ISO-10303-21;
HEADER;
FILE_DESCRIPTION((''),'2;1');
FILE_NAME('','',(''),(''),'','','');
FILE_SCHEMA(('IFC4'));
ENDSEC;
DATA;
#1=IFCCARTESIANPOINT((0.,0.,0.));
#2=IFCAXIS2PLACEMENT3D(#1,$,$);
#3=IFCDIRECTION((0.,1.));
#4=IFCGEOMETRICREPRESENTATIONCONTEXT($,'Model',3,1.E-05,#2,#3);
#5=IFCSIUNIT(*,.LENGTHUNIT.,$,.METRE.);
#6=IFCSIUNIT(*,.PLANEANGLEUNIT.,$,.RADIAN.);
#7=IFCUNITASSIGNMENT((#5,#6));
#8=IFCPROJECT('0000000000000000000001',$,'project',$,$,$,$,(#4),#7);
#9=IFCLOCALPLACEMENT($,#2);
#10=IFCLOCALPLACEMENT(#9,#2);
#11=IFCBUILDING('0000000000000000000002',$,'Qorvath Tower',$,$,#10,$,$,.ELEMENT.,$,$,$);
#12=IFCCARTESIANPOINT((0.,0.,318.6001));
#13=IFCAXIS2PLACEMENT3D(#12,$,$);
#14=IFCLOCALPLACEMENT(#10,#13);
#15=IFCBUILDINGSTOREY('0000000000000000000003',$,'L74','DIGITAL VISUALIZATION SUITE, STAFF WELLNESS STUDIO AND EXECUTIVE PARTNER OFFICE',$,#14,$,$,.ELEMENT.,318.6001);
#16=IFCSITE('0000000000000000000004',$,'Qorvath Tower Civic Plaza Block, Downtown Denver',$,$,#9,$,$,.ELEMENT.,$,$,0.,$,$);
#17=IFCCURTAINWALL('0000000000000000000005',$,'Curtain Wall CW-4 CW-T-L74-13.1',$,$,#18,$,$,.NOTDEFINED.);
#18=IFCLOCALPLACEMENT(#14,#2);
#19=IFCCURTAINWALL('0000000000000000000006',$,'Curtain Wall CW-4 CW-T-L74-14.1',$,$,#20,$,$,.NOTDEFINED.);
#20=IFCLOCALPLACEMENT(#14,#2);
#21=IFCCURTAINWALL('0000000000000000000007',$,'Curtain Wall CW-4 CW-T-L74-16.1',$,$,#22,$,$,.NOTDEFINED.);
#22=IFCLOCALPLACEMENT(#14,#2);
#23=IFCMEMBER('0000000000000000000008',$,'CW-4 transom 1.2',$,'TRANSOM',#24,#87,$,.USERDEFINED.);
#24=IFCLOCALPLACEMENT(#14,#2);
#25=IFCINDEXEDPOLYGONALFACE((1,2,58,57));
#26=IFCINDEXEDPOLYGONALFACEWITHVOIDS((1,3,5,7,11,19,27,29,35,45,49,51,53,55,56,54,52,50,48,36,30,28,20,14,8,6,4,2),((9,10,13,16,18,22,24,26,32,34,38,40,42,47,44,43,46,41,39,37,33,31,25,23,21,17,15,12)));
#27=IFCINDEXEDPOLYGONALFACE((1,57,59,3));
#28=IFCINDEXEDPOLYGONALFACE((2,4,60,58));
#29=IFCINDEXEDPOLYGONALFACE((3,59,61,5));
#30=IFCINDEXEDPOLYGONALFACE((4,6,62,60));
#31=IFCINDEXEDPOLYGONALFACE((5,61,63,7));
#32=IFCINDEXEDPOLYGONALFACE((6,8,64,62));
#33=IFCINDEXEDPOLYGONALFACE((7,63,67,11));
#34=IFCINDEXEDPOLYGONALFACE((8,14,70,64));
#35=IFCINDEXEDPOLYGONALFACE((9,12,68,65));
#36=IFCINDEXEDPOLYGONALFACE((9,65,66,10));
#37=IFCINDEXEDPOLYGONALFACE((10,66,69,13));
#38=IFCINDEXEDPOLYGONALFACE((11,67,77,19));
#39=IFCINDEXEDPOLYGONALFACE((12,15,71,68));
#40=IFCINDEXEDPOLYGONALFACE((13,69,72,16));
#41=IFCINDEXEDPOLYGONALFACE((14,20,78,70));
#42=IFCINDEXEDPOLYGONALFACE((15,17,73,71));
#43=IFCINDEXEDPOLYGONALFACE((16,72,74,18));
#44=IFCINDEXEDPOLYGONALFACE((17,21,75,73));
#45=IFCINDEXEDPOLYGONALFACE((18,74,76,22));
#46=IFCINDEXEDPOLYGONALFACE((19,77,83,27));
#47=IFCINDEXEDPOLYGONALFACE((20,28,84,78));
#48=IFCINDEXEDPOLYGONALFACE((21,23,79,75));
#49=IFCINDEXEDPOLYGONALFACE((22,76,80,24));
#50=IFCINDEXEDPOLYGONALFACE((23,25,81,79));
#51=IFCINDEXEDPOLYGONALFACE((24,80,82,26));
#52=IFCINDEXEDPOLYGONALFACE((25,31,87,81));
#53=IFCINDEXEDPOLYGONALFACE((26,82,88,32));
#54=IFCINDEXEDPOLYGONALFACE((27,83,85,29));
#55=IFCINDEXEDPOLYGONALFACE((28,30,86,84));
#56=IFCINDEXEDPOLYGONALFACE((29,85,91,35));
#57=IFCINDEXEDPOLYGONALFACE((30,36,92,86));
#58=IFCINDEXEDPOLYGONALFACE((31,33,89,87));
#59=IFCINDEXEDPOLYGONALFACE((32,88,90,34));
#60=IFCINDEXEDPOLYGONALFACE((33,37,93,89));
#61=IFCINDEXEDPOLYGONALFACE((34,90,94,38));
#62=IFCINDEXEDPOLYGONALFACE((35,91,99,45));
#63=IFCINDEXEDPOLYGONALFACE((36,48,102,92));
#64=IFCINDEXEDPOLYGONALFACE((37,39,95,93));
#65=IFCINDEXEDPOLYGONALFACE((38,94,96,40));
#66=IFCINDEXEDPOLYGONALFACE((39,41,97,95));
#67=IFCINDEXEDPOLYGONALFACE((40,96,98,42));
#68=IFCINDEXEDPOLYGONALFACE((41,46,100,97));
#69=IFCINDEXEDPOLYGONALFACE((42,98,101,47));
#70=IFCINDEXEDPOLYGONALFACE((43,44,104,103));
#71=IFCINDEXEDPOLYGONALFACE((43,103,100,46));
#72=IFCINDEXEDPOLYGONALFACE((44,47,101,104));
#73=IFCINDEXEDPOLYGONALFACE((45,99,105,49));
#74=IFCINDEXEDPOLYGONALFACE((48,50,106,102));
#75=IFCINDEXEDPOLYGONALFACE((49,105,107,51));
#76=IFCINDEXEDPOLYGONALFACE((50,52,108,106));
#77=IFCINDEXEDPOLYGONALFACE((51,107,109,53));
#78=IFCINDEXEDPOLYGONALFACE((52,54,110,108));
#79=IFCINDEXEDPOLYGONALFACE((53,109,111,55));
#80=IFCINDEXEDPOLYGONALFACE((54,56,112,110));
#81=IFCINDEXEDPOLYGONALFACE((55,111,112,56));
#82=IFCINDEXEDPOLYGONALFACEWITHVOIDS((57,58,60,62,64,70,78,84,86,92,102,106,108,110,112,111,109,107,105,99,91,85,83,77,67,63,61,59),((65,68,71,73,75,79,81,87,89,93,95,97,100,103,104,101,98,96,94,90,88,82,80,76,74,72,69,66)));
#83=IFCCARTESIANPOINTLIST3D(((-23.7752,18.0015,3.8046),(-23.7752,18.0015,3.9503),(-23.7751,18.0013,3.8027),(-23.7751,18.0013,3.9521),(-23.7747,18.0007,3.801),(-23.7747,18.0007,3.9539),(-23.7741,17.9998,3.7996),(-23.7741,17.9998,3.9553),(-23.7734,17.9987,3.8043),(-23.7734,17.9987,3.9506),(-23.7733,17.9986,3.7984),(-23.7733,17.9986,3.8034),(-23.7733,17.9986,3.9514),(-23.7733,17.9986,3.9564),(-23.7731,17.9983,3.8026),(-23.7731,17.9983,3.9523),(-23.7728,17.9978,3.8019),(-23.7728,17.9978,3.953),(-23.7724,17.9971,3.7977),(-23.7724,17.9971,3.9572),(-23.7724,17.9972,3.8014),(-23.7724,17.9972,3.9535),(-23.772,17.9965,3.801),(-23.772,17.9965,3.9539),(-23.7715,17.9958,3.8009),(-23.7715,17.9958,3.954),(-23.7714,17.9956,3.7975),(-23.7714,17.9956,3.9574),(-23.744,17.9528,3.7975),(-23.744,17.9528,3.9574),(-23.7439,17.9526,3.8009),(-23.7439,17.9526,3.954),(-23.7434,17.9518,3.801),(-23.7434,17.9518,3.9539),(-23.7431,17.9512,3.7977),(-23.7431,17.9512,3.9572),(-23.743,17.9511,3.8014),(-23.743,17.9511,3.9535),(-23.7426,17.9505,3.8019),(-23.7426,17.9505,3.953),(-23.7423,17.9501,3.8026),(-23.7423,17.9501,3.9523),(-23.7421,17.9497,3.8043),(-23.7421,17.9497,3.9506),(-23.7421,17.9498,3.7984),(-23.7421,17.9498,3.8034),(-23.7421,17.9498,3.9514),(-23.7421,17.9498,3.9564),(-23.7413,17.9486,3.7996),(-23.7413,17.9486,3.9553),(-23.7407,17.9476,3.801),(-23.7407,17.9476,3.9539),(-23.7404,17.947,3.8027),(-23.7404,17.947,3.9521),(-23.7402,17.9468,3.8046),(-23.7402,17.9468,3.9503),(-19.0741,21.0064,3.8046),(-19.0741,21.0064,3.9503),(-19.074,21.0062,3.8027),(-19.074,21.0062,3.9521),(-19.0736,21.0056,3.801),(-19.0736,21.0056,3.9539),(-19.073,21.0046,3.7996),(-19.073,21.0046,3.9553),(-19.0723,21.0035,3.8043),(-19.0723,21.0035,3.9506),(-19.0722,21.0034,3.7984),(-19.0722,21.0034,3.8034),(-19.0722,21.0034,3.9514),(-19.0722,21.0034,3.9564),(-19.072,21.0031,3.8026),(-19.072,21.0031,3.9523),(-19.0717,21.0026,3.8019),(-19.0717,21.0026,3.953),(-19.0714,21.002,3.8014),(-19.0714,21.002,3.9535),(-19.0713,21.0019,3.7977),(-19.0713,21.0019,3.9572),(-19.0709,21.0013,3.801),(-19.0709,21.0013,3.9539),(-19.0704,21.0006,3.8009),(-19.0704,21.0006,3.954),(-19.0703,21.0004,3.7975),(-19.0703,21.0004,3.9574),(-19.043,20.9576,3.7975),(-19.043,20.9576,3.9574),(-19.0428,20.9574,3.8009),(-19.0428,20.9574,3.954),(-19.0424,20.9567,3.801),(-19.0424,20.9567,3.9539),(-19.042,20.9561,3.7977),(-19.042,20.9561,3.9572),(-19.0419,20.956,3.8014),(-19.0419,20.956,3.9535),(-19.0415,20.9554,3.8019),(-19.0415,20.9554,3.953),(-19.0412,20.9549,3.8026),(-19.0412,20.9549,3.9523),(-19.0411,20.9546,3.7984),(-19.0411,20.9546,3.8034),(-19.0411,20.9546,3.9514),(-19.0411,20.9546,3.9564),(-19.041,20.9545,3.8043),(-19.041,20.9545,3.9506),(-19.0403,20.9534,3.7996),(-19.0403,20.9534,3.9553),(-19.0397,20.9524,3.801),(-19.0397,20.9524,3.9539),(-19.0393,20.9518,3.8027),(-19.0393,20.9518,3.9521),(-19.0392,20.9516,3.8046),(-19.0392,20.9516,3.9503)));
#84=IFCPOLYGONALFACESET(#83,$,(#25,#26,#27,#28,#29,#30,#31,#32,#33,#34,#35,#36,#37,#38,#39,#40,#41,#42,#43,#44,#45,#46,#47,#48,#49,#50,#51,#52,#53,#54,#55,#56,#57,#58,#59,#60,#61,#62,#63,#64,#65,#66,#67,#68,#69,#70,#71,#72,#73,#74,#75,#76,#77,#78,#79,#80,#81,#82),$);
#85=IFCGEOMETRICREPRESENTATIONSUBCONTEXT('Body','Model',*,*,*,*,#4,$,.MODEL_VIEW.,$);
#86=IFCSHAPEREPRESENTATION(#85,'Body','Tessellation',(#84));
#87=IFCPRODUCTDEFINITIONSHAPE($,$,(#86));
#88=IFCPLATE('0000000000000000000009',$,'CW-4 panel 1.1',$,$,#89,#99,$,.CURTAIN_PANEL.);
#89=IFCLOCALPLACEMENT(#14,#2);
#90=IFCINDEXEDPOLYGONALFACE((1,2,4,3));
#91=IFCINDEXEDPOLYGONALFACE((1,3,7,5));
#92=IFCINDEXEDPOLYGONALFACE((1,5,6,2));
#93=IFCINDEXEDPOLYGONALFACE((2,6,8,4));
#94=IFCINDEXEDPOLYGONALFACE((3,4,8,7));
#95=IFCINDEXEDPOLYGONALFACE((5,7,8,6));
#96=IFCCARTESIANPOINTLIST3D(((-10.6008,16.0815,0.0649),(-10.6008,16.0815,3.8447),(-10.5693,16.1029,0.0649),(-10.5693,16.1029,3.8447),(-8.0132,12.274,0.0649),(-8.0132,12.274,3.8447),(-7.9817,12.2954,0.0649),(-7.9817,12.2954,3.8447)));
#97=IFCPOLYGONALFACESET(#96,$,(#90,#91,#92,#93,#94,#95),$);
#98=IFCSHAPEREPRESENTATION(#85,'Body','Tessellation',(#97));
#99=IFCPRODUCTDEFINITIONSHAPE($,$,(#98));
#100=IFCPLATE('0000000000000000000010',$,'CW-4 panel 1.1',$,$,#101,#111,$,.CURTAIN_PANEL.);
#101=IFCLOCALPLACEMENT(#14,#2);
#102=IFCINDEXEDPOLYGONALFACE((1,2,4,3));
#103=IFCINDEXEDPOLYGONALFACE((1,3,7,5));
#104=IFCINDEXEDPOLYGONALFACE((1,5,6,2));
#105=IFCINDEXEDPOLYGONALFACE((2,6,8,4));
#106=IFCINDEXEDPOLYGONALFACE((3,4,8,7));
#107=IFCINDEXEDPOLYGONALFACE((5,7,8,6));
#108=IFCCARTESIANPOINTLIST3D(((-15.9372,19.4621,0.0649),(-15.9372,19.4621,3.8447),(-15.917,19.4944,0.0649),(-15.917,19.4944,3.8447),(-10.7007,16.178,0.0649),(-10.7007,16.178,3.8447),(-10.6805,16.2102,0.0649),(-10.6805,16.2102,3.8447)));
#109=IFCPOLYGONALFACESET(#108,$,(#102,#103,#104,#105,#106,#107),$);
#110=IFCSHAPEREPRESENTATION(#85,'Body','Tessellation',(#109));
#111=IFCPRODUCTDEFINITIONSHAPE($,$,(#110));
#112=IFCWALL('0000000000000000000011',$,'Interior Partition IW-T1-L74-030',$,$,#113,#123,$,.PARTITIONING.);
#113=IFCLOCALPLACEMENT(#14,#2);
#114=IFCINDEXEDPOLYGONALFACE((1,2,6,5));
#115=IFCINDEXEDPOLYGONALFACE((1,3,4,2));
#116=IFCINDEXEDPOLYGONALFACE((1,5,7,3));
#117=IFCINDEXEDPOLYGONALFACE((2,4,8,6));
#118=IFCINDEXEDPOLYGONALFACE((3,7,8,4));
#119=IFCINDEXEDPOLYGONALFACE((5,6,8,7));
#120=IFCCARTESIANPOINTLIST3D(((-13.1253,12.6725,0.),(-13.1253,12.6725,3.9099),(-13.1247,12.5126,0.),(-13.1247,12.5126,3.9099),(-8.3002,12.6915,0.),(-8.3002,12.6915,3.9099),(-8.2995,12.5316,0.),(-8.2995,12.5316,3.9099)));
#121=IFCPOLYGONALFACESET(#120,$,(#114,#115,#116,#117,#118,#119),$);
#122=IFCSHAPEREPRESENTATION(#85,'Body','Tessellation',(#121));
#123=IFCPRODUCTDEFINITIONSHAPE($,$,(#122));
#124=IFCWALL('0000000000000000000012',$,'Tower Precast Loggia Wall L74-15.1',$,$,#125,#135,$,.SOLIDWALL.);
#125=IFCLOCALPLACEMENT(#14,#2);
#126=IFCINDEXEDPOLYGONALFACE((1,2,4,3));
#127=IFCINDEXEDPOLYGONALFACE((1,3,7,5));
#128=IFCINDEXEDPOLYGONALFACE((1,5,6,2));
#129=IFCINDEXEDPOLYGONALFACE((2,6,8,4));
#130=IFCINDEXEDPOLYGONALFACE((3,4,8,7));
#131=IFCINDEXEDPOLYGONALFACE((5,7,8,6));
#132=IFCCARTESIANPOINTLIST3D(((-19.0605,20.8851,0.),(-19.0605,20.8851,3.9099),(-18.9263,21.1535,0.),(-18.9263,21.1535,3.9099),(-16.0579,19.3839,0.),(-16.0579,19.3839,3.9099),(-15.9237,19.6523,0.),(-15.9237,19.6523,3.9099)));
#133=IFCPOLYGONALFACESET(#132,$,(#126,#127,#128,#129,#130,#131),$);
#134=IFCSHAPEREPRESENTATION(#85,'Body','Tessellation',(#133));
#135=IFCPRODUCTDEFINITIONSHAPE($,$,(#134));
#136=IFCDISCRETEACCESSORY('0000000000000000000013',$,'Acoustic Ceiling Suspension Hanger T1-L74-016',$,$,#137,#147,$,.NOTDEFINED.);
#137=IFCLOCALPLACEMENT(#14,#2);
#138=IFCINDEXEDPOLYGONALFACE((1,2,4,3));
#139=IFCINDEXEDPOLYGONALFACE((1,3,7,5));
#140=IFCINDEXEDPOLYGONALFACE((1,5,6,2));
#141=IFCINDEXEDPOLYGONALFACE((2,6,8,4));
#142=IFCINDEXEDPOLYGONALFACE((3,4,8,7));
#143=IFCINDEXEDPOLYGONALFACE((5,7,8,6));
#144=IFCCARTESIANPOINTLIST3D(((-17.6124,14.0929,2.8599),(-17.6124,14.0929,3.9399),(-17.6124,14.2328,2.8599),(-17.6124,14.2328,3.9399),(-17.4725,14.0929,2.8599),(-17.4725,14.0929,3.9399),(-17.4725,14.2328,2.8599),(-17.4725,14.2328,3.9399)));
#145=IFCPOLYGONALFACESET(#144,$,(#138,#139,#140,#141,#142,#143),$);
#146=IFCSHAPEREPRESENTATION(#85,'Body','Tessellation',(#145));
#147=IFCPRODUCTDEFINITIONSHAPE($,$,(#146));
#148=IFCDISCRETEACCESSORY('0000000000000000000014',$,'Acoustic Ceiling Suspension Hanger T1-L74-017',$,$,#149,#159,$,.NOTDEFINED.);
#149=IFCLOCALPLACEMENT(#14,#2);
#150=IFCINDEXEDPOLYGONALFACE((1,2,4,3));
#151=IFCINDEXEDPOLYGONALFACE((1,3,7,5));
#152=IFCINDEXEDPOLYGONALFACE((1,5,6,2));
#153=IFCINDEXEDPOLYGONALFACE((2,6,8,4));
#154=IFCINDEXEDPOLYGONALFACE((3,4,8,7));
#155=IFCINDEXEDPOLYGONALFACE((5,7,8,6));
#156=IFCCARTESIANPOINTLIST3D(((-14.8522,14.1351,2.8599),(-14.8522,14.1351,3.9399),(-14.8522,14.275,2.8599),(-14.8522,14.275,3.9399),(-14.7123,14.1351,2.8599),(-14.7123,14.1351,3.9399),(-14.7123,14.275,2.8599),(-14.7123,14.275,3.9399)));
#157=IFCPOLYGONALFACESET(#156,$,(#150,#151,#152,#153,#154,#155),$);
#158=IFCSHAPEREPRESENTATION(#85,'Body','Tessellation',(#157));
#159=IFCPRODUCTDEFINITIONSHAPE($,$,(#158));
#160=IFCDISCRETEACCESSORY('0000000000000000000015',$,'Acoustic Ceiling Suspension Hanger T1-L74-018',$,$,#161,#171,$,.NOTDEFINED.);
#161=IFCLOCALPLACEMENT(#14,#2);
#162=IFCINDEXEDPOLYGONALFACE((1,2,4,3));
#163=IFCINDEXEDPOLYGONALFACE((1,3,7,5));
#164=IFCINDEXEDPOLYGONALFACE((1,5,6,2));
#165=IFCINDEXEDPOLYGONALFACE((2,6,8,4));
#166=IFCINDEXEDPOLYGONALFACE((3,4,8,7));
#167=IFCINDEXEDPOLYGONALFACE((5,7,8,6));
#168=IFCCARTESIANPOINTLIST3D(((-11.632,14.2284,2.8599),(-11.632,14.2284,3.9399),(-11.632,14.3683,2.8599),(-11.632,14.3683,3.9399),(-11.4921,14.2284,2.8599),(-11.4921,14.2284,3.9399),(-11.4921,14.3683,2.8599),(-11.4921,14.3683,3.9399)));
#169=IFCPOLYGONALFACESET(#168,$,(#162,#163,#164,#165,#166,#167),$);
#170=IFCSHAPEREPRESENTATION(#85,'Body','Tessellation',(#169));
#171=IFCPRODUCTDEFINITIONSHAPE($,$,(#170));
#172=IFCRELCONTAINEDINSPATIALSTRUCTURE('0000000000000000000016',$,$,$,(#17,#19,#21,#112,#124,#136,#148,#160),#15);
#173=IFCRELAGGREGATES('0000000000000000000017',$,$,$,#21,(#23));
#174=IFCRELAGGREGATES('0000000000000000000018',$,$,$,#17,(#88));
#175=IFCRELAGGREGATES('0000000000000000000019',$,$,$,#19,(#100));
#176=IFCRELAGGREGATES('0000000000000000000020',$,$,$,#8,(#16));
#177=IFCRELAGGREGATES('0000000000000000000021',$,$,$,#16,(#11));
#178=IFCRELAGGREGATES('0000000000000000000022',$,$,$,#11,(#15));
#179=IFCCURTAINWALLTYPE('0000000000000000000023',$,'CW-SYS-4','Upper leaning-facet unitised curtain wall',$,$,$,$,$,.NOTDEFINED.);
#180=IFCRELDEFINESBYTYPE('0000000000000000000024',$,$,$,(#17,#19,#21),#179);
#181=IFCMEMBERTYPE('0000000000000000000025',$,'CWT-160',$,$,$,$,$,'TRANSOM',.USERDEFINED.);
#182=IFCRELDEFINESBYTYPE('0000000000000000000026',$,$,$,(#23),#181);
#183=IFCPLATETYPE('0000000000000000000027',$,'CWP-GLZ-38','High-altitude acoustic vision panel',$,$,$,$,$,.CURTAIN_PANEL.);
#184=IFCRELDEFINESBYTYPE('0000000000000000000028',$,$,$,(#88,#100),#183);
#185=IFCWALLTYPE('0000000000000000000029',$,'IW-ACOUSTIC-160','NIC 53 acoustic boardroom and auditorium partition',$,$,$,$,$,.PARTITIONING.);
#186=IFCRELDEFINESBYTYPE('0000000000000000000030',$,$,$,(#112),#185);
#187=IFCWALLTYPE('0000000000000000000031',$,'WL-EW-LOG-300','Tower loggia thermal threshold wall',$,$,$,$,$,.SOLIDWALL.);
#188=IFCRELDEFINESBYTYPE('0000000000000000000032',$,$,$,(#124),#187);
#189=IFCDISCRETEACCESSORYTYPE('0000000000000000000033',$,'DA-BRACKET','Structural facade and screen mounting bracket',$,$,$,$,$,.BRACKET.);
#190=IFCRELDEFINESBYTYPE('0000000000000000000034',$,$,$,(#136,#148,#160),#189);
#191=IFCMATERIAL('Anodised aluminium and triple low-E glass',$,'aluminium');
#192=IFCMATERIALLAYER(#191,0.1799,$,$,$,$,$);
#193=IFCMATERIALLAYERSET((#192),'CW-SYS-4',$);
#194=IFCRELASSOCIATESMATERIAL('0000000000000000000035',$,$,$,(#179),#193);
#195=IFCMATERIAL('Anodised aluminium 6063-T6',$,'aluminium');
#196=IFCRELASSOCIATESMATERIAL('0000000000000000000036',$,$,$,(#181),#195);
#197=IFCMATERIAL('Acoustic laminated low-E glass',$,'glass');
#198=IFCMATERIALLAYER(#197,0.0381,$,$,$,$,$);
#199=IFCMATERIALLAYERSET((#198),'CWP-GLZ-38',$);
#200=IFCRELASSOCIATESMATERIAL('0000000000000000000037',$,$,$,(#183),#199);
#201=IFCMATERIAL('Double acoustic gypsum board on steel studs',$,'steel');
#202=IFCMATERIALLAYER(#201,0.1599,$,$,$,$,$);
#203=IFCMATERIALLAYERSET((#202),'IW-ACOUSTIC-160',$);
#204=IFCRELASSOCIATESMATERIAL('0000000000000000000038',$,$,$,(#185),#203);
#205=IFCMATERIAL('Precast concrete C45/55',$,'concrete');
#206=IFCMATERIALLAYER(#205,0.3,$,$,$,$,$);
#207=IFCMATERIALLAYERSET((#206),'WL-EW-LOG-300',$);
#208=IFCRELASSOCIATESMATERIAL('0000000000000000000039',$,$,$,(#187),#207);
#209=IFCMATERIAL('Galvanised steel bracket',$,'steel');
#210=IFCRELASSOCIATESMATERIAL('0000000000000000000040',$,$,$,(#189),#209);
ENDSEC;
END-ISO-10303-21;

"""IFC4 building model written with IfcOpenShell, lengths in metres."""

from ifc_helpers import new_model, si_unit, direction, frame, frame_2d, origin, origin_2d, place, context, subcontext, project, spatial, rectangle, hollow_rectangle, extrude, material, layer, layer_set, material_profile, profile_set, type_object, element, aggregate, save


model = new_model("IFC4")

# Units and contexts
model_context = context("Model", 3, precision=1e-05, world=origin(), true_north=direction((0.0, 1.0)))
body_context = subcontext(model_context, "Body", "Model", "MODEL_VIEW")
ifc_project = project(units=[si_unit("LENGTHUNIT", "METRE"), si_unit("PLANEANGLEUNIT", "RADIAN")], contexts=[model_context])

# Site, building, storey
site_placement = place(None, origin())
site = spatial("IfcSite", under=ifc_project, at=site_placement, Name="Qorvath Tower Civic Plaza Block, Downtown Denver", CompositionType="ELEMENT", RefElevation=0.0)
building_placement = place(site_placement, origin())
building = spatial("IfcBuilding", under=site, at=building_placement, Name="Qorvath Tower", CompositionType="ELEMENT")
storey_placement = place(building_placement, frame((0.0, 0.0, 318.6001)))
storey = spatial("IfcBuildingStorey", under=building, at=storey_placement, Name="L74", Description="DIGITAL VISUALIZATION SUITE, STAFF WELLNESS STUDIO AND EXECUTIVE PARTNER OFFICE", CompositionType="ELEMENT", Elevation=318.6001)

# Shared definitions
ifc_material_1 = material(Name="Anodised aluminium and triple low-E glass", Category="aluminium")
ifc_layer_1 = layer(ifc_material_1, 0.1799)
ifc_layer_set_1 = layer_set([ifc_layer_1], Name="CW-SYS-4")
curtain_wall_type = type_object("IfcCurtainWallType", Name="CW-SYS-4", Description="Upper leaning-facet unitised curtain wall", PredefinedType="NOTDEFINED", material=ifc_layer_set_1)

# Curtain walls
curtain_wall_1_placement = place(storey_placement, origin())
curtain_wall_1 = element("IfcCurtainWall", 1, at=curtain_wall_1_placement, inside=storey, type_object=curtain_wall_type, Name="Curtain Wall CW-4 CW-T-L74-13.1", PredefinedType="NOTDEFINED")
curtain_wall_2_placement = place(storey_placement, origin())
curtain_wall_2 = element("IfcCurtainWall", 2, at=curtain_wall_2_placement, inside=storey, type_object=curtain_wall_type, Name="Curtain Wall CW-4 CW-T-L74-14.1", PredefinedType="NOTDEFINED")

# Curtain wall
curtain_wall_3_placement = place(storey_placement, origin())
curtain_wall_3 = element("IfcCurtainWall", 3, at=curtain_wall_3_placement, inside=storey, type_object=curtain_wall_type, Name="Curtain Wall CW-4 CW-T-L74-16.1", PredefinedType="NOTDEFINED")

# Member
ifc_material_2 = material(Name="Anodised aluminium 6063-T6", Category="aluminium")
ifc_material_profile_1 = material_profile(ifc_material_2, hollow_rectangle(XDim=0.0649, YDim=0.1599, WallThickness=0.0034, InnerFilletRadius=0.0034, OuterFilletRadius=0.0071, at=origin_2d()), Name="CWT 160x65")
ifc_profile_set_1 = profile_set([ifc_material_profile_1], Name="Anodised aluminium 6063-T6")
member_type_1 = type_object("IfcMemberType", Name="CWT-160", ElementType="TRANSOM", PredefinedType="USERDEFINED", material=ifc_profile_set_1)
member_1_placement = place(storey_placement, frame((-19.0566, 20.979, 3.8774), z_axis=(-0.842586, -0.538562, 0.0), x_axis=(0.538562, -0.842586, 0.0)))
member_1 = element("IfcMember", 4, at=member_1_placement, type_object=member_type_1, Name="CW-4 transom 1.2", ObjectType="TRANSOM", PredefinedType="USERDEFINED", context=body_context, shape_type="SweptSolid", body=[
    extrude(hollow_rectangle(XDim=0.0649, YDim=0.1599, WallThickness=0.0034, InnerFilletRadius=0.0034, OuterFilletRadius=0.0071, at=origin_2d()), origin(), (0.0, 0.0, 1.0), 5.5793),
])
aggregate(curtain_wall_3, [member_1])

# Plates
ifc_material_3 = material(Name="Acoustic laminated low-E glass", Category="glass")
ifc_layer_2 = layer(ifc_material_3, 0.0381)
ifc_layer_set_2 = layer_set([ifc_layer_2], Name="CWP-GLZ-38")
plate_type = type_object("IfcPlateType", Name="CWP-GLZ-38", Description="High-altitude acoustic vision panel", PredefinedType="CURTAIN_PANEL", material=ifc_layer_set_2)
plate_1_placement = place(storey_placement, frame((-9.2913, 14.1885, 0.0649), z_axis=(0.0, 0.0, 1.0), x_axis=(-0.562082, 0.827082, 0.0)))
plate_1 = element("IfcPlate", 5, at=plate_1_placement, type_object=plate_type, Name="CW-4 panel 1.1", PredefinedType="CURTAIN_PANEL", context=body_context, shape_type="SweptSolid", body=[
    extrude(rectangle(XDim=4.6035, YDim=0.0381, at=origin_2d()), origin(), (0.0, 0.0, 1.0), 3.7798),
])
aggregate(curtain_wall_1, [plate_1])
plate_2_placement = place(storey_placement, frame((-13.3088, 17.8362, 0.0649), z_axis=(0.0, 0.0, 1.0), x_axis=(-0.847173, 0.531317, 0.0)))
plate_2 = element("IfcPlate", 6, at=plate_2_placement, type_object=plate_type, Name="CW-4 panel 1.1", PredefinedType="CURTAIN_PANEL", context=body_context, shape_type="SweptSolid", body=[
    extrude(rectangle(XDim=6.1812, YDim=0.0381, at=origin_2d()), origin(), (0.0, 0.0, 1.0), 3.7798),
])
aggregate(curtain_wall_2, [plate_2])

# Walls
ifc_material_4 = material(Name="Double acoustic gypsum board on steel studs", Category="steel")
ifc_layer_3 = layer(ifc_material_4, 0.1599)
ifc_layer_set_3 = layer_set([ifc_layer_3], Name="IW-ACOUSTIC-160")
wall_type_1 = type_object("IfcWallType", Name="IW-ACOUSTIC-160", Description="NIC 53 acoustic boardroom and auditorium partition", PredefinedType="PARTITIONING", material=ifc_layer_set_3)
wall_1_placement = place(storey_placement, frame((-13.125, 12.5925, 0.0), z_axis=(0.0, 0.0, 1.0), x_axis=(0.999992, 0.003947, 0.0)))
element("IfcWall", 7, at=wall_1_placement, inside=storey, type_object=wall_type_1, Name="Interior Partition IW-T1-L74-030", PredefinedType="PARTITIONING", context=body_context, shape_type="SweptSolid", body=[
    extrude(rectangle(XDim=4.8252, YDim=0.1599, at=frame_2d((2.4126, 0.0))), origin(), (0.0, 0.0, 1.0), 3.9099),
])
ifc_material_5 = material(Name="Precast concrete C45/55", Category="concrete")
ifc_layer_4 = layer(ifc_material_5, 0.3)
ifc_layer_set_4 = layer_set([ifc_layer_4], Name="WL-EW-LOG-300")
wall_type_2 = type_object("IfcWallType", Name="WL-EW-LOG-300", Description="Tower loggia thermal threshold wall", PredefinedType="SOLIDWALL", material=ifc_layer_set_4)
wall_2_placement = place(storey_placement, frame((-18.9934, 21.0193, 0.0), z_axis=(0.0, 0.0, 1.0), x_axis=(0.894442, -0.447185, 0.0)))
element("IfcWall", 8, at=wall_2_placement, inside=storey, type_object=wall_type_2, Name="Tower Precast Loggia Wall L74-15.1", PredefinedType="SOLIDWALL", context=body_context, shape_type="SweptSolid", body=[
    extrude(rectangle(XDim=3.3569, YDim=0.3, at=frame_2d((1.6785, 0.0))), origin(), (0.0, 0.0, 1.0), 3.9099),
])

# Discrete accessories
ifc_material_6 = material(Name="Galvanised steel bracket", Category="steel")
discrete_accessory_type = type_object("IfcDiscreteAccessoryType", Name="DA-BRACKET", Description="Structural facade and screen mounting bracket", PredefinedType="BRACKET", material=ifc_material_6)
for number, where, z_axis, x_axis, name in (
    (9, (-17.5425, 14.1628, 2.8599), (0.0, 0.0, 1.0), (1.0, 0.0, 0.0), "Acoustic Ceiling Suspension Hanger T1-L74-016"),
    (10, (-14.7822, 14.2051, 2.8599), (0.0, 0.0, 1.0), (1.0, 0.0, 0.0), "Acoustic Ceiling Suspension Hanger T1-L74-017"),
    (11, (-11.562, 14.2983, 2.8599), (0.0, 0.0, 1.0), (1.0, 0.0, 0.0), "Acoustic Ceiling Suspension Hanger T1-L74-018"),
):
    element("IfcDiscreteAccessory", number, at=place(storey_placement, frame(where, z_axis=z_axis, x_axis=x_axis)), inside=storey, type_object=discrete_accessory_type, Name=name, PredefinedType="NOTDEFINED", context=body_context, shape_type="SweptSolid", body=[
        extrude(rectangle(XDim=0.1399, YDim=0.1399, at=origin_2d()), origin(), (0.0, 0.0, 1.0), 1.0801),
    ])

save(model, "model.ifc")
